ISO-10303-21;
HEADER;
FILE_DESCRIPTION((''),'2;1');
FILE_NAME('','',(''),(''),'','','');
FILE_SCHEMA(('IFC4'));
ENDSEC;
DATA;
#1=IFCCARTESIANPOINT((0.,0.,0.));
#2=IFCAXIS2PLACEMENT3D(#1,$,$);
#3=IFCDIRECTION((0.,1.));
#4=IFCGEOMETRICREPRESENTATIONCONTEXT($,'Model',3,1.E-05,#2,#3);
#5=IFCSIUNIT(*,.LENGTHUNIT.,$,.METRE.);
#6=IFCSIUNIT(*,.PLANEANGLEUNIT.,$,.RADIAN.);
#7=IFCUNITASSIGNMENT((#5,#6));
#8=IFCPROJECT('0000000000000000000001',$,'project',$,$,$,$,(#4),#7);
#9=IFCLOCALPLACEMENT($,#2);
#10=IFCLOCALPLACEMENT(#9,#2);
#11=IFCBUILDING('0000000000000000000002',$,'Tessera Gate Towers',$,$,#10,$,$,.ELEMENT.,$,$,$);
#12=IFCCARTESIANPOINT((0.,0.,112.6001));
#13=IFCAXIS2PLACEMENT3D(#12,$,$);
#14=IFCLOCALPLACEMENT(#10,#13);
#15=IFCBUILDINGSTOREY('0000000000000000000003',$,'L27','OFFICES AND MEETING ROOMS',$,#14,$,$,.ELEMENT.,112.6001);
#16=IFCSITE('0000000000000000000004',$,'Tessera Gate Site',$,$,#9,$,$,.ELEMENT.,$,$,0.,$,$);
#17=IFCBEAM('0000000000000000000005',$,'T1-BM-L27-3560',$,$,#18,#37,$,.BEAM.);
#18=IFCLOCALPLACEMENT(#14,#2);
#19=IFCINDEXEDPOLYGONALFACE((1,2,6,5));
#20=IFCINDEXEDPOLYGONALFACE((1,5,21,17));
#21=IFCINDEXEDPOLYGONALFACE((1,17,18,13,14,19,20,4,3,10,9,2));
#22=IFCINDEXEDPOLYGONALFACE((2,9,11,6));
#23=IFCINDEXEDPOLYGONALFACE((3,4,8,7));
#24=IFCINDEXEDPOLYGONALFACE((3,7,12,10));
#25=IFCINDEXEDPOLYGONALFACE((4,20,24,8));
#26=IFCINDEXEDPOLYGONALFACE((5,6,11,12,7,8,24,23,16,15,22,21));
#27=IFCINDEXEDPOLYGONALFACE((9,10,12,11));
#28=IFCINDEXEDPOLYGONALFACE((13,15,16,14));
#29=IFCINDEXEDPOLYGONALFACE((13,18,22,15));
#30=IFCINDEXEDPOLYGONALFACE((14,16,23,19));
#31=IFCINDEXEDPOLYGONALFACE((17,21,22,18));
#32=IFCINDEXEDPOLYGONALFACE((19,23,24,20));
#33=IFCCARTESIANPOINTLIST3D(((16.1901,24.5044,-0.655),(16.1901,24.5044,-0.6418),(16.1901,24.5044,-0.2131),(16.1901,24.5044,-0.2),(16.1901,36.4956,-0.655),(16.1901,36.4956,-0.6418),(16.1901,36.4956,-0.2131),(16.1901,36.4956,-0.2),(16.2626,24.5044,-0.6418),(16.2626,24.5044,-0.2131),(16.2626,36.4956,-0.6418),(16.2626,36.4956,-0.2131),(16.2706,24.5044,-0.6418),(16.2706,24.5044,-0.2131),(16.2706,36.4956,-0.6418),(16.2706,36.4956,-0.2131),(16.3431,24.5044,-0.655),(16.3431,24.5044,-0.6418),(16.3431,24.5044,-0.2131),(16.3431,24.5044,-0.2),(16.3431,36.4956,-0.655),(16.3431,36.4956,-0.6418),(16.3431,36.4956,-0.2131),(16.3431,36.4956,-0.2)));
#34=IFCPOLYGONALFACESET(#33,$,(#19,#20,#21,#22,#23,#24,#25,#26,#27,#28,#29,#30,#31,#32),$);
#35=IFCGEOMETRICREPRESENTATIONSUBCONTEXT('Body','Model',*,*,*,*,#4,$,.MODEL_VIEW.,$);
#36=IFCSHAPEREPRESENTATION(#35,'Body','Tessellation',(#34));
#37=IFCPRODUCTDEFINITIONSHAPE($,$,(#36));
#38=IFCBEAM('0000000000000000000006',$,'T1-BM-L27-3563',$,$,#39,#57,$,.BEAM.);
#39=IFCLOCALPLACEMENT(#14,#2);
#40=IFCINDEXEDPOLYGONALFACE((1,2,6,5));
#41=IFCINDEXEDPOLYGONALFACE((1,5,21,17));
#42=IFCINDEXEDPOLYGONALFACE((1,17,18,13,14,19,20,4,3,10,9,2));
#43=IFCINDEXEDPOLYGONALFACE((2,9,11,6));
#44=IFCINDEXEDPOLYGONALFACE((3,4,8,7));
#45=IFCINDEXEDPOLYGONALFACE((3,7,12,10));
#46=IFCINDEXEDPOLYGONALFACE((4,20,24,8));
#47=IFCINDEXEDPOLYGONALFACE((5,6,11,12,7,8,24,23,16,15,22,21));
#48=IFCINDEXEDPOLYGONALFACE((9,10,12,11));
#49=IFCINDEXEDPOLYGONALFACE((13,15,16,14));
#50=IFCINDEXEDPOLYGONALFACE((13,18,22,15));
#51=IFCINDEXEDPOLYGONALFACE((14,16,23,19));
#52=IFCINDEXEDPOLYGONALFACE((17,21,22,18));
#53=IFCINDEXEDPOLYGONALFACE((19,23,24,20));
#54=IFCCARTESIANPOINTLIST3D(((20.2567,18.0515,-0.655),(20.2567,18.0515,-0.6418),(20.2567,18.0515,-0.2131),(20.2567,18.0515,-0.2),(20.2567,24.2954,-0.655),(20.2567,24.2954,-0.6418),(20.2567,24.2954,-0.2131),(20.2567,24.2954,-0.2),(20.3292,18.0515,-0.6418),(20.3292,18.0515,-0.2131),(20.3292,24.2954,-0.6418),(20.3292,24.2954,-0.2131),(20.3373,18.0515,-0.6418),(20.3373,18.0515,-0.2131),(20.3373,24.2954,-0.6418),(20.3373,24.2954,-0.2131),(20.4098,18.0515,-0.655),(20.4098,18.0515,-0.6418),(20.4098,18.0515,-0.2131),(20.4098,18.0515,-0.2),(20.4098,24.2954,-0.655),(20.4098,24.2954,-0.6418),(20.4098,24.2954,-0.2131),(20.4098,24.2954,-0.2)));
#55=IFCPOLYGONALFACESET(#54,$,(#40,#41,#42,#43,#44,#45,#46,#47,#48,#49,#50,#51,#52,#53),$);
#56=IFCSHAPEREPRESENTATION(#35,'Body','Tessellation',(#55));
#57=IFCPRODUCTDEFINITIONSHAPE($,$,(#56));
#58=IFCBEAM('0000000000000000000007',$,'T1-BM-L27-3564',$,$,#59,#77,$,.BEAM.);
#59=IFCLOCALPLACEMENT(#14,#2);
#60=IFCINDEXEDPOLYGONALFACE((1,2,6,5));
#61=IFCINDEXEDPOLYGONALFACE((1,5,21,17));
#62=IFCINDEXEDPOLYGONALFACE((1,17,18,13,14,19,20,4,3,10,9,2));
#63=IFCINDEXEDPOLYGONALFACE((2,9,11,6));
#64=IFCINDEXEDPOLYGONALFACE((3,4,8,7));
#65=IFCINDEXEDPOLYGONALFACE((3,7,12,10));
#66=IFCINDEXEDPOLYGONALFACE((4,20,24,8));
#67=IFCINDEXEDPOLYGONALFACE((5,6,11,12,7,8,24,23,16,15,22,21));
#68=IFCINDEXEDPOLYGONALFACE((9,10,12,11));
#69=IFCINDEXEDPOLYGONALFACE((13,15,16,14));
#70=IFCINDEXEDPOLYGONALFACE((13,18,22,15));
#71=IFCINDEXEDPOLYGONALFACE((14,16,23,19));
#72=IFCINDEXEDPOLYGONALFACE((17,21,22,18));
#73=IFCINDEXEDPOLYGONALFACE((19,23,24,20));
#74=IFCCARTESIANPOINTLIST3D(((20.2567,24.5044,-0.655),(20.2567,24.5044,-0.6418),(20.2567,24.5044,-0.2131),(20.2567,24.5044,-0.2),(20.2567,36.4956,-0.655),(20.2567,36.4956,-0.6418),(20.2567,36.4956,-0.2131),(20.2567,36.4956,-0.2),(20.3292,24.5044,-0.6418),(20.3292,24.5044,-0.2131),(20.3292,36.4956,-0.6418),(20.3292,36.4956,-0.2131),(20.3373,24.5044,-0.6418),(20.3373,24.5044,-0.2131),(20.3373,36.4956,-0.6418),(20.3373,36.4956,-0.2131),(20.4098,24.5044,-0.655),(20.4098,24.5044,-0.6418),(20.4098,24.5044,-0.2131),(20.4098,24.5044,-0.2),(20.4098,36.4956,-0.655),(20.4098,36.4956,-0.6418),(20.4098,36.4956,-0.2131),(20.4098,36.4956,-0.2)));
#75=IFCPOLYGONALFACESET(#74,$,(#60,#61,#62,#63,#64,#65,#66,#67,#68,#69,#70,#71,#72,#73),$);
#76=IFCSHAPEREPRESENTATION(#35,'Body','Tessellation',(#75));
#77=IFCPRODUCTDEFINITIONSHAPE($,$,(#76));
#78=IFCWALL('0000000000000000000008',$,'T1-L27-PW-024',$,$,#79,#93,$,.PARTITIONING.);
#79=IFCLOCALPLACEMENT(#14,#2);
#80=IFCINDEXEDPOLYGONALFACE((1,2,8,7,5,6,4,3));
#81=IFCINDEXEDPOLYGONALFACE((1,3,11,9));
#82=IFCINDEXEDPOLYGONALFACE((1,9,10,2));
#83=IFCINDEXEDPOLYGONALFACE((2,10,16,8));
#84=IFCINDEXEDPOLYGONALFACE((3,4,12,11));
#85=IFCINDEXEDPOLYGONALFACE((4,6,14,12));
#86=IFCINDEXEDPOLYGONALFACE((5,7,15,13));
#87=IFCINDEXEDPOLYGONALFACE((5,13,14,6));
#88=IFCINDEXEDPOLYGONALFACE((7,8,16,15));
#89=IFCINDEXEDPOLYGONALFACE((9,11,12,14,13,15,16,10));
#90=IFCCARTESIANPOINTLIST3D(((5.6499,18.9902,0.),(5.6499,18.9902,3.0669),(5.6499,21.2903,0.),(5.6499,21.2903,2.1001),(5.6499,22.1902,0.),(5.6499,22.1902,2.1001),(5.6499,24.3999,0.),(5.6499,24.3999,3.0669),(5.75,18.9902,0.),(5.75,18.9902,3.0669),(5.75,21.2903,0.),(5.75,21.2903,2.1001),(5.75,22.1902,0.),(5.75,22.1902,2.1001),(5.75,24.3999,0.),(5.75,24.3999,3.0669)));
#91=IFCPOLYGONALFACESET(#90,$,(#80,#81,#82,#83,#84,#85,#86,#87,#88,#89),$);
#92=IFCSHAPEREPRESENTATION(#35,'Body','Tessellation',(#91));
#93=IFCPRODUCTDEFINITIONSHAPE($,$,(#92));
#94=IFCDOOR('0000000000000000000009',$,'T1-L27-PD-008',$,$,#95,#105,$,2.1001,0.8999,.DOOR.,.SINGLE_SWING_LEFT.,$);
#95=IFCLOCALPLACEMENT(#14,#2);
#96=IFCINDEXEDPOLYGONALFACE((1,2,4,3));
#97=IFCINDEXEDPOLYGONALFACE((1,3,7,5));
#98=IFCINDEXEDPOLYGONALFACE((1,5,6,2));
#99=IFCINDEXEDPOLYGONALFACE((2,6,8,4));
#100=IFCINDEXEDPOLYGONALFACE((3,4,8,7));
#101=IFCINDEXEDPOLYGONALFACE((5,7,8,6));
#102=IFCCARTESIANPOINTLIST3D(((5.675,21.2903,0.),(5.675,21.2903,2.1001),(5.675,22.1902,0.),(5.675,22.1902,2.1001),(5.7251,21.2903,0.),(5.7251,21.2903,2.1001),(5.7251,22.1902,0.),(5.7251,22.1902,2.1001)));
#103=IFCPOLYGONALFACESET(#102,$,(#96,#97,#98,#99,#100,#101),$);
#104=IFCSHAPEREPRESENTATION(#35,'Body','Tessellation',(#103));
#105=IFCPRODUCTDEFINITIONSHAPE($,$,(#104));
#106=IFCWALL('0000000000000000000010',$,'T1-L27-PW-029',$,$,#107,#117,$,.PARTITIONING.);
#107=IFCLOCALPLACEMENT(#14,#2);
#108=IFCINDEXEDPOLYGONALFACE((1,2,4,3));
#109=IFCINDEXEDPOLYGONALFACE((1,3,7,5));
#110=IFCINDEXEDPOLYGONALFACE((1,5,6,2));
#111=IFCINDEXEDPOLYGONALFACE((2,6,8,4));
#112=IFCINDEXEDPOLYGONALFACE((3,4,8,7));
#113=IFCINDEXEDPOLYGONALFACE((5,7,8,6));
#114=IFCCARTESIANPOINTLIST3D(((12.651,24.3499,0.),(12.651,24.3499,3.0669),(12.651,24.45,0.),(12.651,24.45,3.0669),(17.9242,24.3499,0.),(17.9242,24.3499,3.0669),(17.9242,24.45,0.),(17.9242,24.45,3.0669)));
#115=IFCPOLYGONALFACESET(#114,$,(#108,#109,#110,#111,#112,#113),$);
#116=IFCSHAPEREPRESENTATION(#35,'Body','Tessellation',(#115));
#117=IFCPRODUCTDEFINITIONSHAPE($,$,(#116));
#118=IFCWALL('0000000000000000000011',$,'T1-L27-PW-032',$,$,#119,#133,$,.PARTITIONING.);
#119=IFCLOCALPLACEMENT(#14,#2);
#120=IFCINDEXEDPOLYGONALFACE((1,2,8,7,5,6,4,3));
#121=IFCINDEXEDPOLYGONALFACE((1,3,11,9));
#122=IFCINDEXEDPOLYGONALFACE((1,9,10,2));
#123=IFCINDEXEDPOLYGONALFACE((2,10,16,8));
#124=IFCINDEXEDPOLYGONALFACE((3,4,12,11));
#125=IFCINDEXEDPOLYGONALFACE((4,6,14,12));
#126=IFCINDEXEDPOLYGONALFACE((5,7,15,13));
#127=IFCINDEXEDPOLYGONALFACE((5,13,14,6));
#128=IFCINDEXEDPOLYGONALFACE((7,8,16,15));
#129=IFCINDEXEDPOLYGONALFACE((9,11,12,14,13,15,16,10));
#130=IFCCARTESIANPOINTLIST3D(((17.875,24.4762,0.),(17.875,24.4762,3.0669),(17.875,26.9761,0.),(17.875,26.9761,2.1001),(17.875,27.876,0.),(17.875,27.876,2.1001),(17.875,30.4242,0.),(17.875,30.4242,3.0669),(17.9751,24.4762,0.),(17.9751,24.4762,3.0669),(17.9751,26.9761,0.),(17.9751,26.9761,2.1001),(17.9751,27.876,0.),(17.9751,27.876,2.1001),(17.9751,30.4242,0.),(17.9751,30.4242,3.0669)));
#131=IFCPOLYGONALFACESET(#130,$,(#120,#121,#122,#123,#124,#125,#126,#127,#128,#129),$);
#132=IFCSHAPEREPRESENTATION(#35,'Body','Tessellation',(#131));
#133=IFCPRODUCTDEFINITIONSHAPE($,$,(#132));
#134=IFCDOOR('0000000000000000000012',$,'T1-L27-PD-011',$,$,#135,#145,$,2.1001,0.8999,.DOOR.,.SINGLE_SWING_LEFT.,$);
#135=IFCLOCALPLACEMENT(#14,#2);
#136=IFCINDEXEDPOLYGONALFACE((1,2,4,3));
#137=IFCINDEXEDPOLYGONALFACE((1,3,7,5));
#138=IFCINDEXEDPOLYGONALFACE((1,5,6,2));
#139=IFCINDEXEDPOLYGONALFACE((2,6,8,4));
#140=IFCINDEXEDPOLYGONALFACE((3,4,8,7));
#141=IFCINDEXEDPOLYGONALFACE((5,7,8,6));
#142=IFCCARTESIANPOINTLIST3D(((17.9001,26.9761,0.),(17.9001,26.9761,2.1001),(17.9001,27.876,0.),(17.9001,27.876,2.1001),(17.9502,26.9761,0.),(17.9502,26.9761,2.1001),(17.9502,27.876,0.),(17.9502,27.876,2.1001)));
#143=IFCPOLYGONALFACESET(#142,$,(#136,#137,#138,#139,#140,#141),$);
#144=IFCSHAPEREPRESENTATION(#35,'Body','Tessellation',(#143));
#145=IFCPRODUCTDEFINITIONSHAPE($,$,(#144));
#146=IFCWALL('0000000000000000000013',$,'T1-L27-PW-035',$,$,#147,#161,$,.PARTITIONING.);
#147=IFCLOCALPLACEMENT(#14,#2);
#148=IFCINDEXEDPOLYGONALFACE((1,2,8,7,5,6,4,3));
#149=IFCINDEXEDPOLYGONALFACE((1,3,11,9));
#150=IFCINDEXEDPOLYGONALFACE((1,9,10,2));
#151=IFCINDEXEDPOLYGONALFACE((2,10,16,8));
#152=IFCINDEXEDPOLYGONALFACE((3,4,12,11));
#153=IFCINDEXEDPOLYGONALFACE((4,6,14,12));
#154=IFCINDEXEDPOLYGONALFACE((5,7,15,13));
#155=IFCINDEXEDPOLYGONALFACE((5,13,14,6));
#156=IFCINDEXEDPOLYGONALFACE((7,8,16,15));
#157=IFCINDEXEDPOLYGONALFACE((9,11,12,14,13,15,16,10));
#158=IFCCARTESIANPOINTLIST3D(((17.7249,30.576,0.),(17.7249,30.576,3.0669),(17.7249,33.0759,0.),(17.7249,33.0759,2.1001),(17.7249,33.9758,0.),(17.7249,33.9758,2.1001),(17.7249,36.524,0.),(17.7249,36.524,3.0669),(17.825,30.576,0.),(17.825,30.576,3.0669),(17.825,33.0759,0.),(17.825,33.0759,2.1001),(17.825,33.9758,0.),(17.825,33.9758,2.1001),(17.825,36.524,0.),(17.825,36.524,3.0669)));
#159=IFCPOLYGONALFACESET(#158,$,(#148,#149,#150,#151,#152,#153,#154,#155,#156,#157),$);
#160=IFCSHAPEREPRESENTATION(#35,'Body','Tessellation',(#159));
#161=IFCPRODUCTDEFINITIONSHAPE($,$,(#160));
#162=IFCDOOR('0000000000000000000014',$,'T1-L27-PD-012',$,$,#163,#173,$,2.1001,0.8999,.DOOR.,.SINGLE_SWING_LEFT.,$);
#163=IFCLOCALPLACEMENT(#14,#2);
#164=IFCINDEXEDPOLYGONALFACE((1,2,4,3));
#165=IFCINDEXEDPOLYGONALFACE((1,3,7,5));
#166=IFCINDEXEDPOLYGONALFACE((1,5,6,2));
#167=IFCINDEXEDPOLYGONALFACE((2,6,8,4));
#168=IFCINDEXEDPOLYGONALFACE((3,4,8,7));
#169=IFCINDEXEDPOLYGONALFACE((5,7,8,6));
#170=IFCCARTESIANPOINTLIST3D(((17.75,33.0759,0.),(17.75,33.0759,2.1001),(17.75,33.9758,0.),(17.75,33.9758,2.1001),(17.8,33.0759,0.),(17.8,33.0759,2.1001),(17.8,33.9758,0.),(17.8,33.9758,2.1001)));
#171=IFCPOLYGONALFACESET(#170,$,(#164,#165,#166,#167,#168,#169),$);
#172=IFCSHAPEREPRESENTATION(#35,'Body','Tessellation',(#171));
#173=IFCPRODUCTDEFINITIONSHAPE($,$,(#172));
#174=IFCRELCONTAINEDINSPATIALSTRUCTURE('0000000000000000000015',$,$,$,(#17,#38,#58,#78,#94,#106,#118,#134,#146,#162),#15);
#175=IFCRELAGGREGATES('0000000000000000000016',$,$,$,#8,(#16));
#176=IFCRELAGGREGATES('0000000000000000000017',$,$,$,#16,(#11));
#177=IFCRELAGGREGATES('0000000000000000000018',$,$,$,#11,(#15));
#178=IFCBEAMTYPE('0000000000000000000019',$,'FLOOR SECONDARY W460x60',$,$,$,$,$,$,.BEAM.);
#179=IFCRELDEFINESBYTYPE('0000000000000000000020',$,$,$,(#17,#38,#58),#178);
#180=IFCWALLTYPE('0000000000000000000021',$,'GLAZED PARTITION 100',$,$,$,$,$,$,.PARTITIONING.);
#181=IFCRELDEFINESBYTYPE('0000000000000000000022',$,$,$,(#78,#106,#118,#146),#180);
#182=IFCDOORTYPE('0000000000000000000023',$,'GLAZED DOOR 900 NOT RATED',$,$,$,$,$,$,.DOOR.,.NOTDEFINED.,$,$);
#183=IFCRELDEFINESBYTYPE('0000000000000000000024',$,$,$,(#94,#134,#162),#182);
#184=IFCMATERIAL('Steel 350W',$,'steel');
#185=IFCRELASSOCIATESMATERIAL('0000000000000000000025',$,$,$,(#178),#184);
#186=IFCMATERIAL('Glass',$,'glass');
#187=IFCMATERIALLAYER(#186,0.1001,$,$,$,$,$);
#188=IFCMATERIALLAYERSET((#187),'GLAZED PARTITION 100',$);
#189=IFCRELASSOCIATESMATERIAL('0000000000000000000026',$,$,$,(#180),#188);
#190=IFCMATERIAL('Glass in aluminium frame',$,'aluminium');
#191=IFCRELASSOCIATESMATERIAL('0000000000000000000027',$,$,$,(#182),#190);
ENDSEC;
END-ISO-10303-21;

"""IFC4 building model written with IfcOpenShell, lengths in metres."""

from ifc_helpers import new_model, si_unit, direction, frame, frame_2d, origin, origin_2d, place, context, subcontext, project, spatial, rectangle, i_section, extrude, source, transform, mapped, material, layer, layer_set, material_profile, profile_set, type_object, element, fill, save


model = new_model("IFC4")

# Units and contexts
model_context = context("Model", 3, precision=1e-05, world=origin(), true_north=direction((0.0, 1.0)))
body_context = subcontext(model_context, "Body", "Model", "MODEL_VIEW")
ifc_project = project(units=[si_unit("LENGTHUNIT", "METRE"), si_unit("PLANEANGLEUNIT", "RADIAN")], contexts=[model_context])

# Site, building, storey
site_placement = place(None, origin())
site = spatial("IfcSite", under=ifc_project, at=site_placement, Name="Tessera Gate Site", CompositionType="ELEMENT", RefElevation=0.0)
building_placement = place(site_placement, origin())
building = spatial("IfcBuilding", under=site, at=building_placement, Name="Tessera Gate Towers", CompositionType="ELEMENT")
storey_placement = place(building_placement, frame((0.0, 0.0, 112.6001)))
storey = spatial("IfcBuildingStorey", under=building, at=storey_placement, Name="L27", Description="OFFICES AND MEETING ROOMS", CompositionType="ELEMENT", Elevation=112.6001)

# Beams
ifc_material_1 = material(Name="Steel 350W", Category="steel")
ifc_material_profile_1 = material_profile(ifc_material_1, i_section(OverallWidth=0.1531, OverallDepth=0.4551, WebThickness=0.0081, FlangeThickness=0.0132, at=origin_2d()), Name="W460x60")
ifc_profile_set_1 = profile_set([ifc_material_profile_1], Name="Steel 350W")
beam_type_1 = type_object("IfcBeamType", Name="FLOOR SECONDARY W460x60", PredefinedType="BEAM", material=ifc_profile_set_1)
beam_1_placement = place(storey_placement, frame((16.2666, 24.5044, -0.4275), z_axis=(0.0, 1.0, 0.0), x_axis=(-1.0, 0.0, 0.0)))
element("IfcBeam", 1, at=beam_1_placement, inside=storey, type_object=beam_type_1, Name="T1-BM-L27-3560", PredefinedType="BEAM", context=body_context, shape_type="SweptSolid", body=[
    extrude(i_section(OverallWidth=0.1531, OverallDepth=0.4551, WebThickness=0.0081, FlangeThickness=0.0132, at=origin_2d()), origin(), (0.0, 0.0, 1.0), 11.9912),
])
beam_2_placement = place(storey_placement, frame((20.3333, 18.0515, -0.4275), z_axis=(0.0, 1.0, 0.0), x_axis=(-1.0, 0.0, 0.0)))
element("IfcBeam", 2, at=beam_2_placement, inside=storey, type_object=beam_type_1, Name="T1-BM-L27-3563", PredefinedType="BEAM", context=body_context, shape_type="SweptSolid", body=[
    extrude(i_section(OverallWidth=0.1531, OverallDepth=0.4551, WebThickness=0.0081, FlangeThickness=0.0132, at=origin_2d()), origin(), (0.0, 0.0, 1.0), 6.2439),
])
beam_3_placement = place(storey_placement, frame((20.3333, 24.5044, -0.4275), z_axis=(0.0, 1.0, 0.0), x_axis=(-1.0, 0.0, 0.0)))
element("IfcBeam", 3, at=beam_3_placement, inside=storey, type_object=beam_type_1, Name="T1-BM-L27-3564", PredefinedType="BEAM", context=body_context, shape_type="SweptSolid", body=[
    extrude(i_section(OverallWidth=0.1531, OverallDepth=0.4551, WebThickness=0.0081, FlangeThickness=0.0132, at=origin_2d()), origin(), (0.0, 0.0, 1.0), 11.9912),
])

# Wall, opening, door
ifc_material_2 = material(Name="Glass", Category="glass")
ifc_layer_1 = layer(ifc_material_2, 0.1001)
ifc_layer_set_1 = layer_set([ifc_layer_1], Name="GLAZED PARTITION 100")
wall_type_1 = type_object("IfcWallType", Name="GLAZED PARTITION 100", PredefinedType="PARTITIONING", material=ifc_layer_set_1)
wall_1_placement = place(storey_placement, frame((5.7, 18.9902, 0.0), z_axis=(0.0, 0.0, 1.0), x_axis=(0.0, 1.0, 0.0)))
wall_1 = element("IfcWall", 4, at=wall_1_placement, inside=storey, type_object=wall_type_1, Name="T1-L27-PW-024", PredefinedType="PARTITIONING", context=body_context, shape_type="SweptSolid", body=[
    extrude(rectangle(XDim=5.4097, YDim=0.1001, at=frame_2d((2.7048, 0.0))), origin(), (0.0, 0.0, 1.0), 3.0669),
])
shared_shape_1 = source(origin(), body_context, "Body", "SweptSolid", [
    extrude(rectangle(XDim=0.8999, YDim=2.1001, at=frame_2d((0.45, 1.05))), frame((0.0, 0.0601, 0.0), z_axis=(0.0, -1.0, 0.0), x_axis=(1.0, 0.0, 0.0)), (0.0, 0.0, 1.0), 0.1201),
])
opening_1_placement = place(wall_1_placement, frame((2.3, 0.0, 0.0)))
opening_1 = element("IfcOpeningElement", 5, at=opening_1_placement, cuts=wall_1, PredefinedType="OPENING", context=body_context, shape_type="MappedRepresentation", body=[
    mapped(shared_shape_1, transform((0.0, 0.0, 0.0), scale=1.0)),
])
ifc_material_3 = material(Name="Glass in aluminium frame", Category="aluminium")
door_type = type_object("IfcDoorType", Name="GLAZED DOOR 900 NOT RATED", OperationType="NOTDEFINED", PredefinedType="DOOR", material=ifc_material_3)
shared_shape_2 = source(origin(), body_context, "Body", "SweptSolid", [
    extrude(rectangle(XDim=0.8999, YDim=2.1001, at=frame_2d((0.45, 1.05))), frame((0.0, 0.0249, 0.0), z_axis=(0.0, -1.0, 0.0), x_axis=(1.0, 0.0, 0.0)), (0.0, 0.0, 1.0), 0.05),
])
door_1_placement = place(opening_1_placement, origin())
door_1 = element("IfcDoor", 6, at=door_1_placement, inside=storey, type_object=door_type, Name="T1-L27-PD-008", OperationType="SINGLE_SWING_LEFT", OverallHeight=2.1001, OverallWidth=0.8999, PredefinedType="DOOR", context=body_context, shape_type="MappedRepresentation", body=[
    mapped(shared_shape_2, transform((0.0, 0.0, 0.0), scale=1.0)),
])
fill(opening_1, door_1)

# Wall
wall_2_placement = place(storey_placement, frame((12.6509, 24.3999, 0.0), z_axis=(0.0, 0.0, 1.0), x_axis=(1.0, 0.0, 0.0)))
element("IfcWall", 7, at=wall_2_placement, inside=storey, type_object=wall_type_1, Name="T1-L27-PW-029", PredefinedType="PARTITIONING", context=body_context, shape_type="SweptSolid", body=[
    extrude(rectangle(XDim=5.2732, YDim=0.1001, at=frame_2d((2.6367, 0.0))), origin(), (0.0, 0.0, 1.0), 3.0669),
])

# Walls, openings, doors
wall_3_placement = place(storey_placement, frame((17.925, 24.4761, 0.0), z_axis=(0.0, 0.0, 1.0), x_axis=(0.0, 1.0, 0.0)))
wall_3 = element("IfcWall", 8, at=wall_3_placement, inside=storey, type_object=wall_type_1, Name="T1-L27-PW-032", PredefinedType="PARTITIONING", context=body_context, shape_type="SweptSolid", body=[
    extrude(rectangle(XDim=5.948, YDim=0.1001, at=frame_2d((2.9741, 0.0))), origin(), (0.0, 0.0, 1.0), 3.0669),
])
opening_2_placement = place(wall_3_placement, frame((2.5, 0.0, 0.0)))
opening_2 = element("IfcOpeningElement", 9, at=opening_2_placement, cuts=wall_3, PredefinedType="OPENING", context=body_context, shape_type="MappedRepresentation", body=[
    mapped(shared_shape_1, transform((0.0, 0.0, 0.0), scale=1.0)),
])
door_2_placement = place(opening_2_placement, origin())
door_2 = element("IfcDoor", 10, at=door_2_placement, inside=storey, type_object=door_type, Name="T1-L27-PD-011", OperationType="SINGLE_SWING_LEFT", OverallHeight=2.1001, OverallWidth=0.8999, PredefinedType="DOOR", context=body_context, shape_type="MappedRepresentation", body=[
    mapped(shared_shape_2, transform((0.0, 0.0, 0.0), scale=1.0)),
])
fill(opening_2, door_2)
wall_4_placement = place(storey_placement, frame((17.7749, 30.5759, 0.0), z_axis=(0.0, 0.0, 1.0), x_axis=(0.0, 1.0, 0.0)))
wall_4 = element("IfcWall", 11, at=wall_4_placement, inside=storey, type_object=wall_type_1, Name="T1-L27-PW-035", PredefinedType="PARTITIONING", context=body_context, shape_type="SweptSolid", body=[
    extrude(rectangle(XDim=5.948, YDim=0.1001, at=frame_2d((2.9741, 0.0))), origin(), (0.0, 0.0, 1.0), 3.0669),
])
opening_3_placement = place(wall_4_placement, frame((2.5, 0.0, 0.0)))
opening_3 = element("IfcOpeningElement", 12, at=opening_3_placement, cuts=wall_4, PredefinedType="OPENING", context=body_context, shape_type="MappedRepresentation", body=[
    mapped(shared_shape_1, transform((0.0, 0.0, 0.0), scale=1.0)),
])
door_3_placement = place(opening_3_placement, origin())
door_3 = element("IfcDoor", 13, at=door_3_placement, inside=storey, type_object=door_type, Name="T1-L27-PD-012", OperationType="SINGLE_SWING_LEFT", OverallHeight=2.1001, OverallWidth=0.8999, PredefinedType="DOOR", context=body_context, shape_type="MappedRepresentation", body=[
    mapped(shared_shape_2, transform((0.0, 0.0, 0.0), scale=1.0)),
])
fill(opening_3, door_3)

save(model, "model.ifc")
